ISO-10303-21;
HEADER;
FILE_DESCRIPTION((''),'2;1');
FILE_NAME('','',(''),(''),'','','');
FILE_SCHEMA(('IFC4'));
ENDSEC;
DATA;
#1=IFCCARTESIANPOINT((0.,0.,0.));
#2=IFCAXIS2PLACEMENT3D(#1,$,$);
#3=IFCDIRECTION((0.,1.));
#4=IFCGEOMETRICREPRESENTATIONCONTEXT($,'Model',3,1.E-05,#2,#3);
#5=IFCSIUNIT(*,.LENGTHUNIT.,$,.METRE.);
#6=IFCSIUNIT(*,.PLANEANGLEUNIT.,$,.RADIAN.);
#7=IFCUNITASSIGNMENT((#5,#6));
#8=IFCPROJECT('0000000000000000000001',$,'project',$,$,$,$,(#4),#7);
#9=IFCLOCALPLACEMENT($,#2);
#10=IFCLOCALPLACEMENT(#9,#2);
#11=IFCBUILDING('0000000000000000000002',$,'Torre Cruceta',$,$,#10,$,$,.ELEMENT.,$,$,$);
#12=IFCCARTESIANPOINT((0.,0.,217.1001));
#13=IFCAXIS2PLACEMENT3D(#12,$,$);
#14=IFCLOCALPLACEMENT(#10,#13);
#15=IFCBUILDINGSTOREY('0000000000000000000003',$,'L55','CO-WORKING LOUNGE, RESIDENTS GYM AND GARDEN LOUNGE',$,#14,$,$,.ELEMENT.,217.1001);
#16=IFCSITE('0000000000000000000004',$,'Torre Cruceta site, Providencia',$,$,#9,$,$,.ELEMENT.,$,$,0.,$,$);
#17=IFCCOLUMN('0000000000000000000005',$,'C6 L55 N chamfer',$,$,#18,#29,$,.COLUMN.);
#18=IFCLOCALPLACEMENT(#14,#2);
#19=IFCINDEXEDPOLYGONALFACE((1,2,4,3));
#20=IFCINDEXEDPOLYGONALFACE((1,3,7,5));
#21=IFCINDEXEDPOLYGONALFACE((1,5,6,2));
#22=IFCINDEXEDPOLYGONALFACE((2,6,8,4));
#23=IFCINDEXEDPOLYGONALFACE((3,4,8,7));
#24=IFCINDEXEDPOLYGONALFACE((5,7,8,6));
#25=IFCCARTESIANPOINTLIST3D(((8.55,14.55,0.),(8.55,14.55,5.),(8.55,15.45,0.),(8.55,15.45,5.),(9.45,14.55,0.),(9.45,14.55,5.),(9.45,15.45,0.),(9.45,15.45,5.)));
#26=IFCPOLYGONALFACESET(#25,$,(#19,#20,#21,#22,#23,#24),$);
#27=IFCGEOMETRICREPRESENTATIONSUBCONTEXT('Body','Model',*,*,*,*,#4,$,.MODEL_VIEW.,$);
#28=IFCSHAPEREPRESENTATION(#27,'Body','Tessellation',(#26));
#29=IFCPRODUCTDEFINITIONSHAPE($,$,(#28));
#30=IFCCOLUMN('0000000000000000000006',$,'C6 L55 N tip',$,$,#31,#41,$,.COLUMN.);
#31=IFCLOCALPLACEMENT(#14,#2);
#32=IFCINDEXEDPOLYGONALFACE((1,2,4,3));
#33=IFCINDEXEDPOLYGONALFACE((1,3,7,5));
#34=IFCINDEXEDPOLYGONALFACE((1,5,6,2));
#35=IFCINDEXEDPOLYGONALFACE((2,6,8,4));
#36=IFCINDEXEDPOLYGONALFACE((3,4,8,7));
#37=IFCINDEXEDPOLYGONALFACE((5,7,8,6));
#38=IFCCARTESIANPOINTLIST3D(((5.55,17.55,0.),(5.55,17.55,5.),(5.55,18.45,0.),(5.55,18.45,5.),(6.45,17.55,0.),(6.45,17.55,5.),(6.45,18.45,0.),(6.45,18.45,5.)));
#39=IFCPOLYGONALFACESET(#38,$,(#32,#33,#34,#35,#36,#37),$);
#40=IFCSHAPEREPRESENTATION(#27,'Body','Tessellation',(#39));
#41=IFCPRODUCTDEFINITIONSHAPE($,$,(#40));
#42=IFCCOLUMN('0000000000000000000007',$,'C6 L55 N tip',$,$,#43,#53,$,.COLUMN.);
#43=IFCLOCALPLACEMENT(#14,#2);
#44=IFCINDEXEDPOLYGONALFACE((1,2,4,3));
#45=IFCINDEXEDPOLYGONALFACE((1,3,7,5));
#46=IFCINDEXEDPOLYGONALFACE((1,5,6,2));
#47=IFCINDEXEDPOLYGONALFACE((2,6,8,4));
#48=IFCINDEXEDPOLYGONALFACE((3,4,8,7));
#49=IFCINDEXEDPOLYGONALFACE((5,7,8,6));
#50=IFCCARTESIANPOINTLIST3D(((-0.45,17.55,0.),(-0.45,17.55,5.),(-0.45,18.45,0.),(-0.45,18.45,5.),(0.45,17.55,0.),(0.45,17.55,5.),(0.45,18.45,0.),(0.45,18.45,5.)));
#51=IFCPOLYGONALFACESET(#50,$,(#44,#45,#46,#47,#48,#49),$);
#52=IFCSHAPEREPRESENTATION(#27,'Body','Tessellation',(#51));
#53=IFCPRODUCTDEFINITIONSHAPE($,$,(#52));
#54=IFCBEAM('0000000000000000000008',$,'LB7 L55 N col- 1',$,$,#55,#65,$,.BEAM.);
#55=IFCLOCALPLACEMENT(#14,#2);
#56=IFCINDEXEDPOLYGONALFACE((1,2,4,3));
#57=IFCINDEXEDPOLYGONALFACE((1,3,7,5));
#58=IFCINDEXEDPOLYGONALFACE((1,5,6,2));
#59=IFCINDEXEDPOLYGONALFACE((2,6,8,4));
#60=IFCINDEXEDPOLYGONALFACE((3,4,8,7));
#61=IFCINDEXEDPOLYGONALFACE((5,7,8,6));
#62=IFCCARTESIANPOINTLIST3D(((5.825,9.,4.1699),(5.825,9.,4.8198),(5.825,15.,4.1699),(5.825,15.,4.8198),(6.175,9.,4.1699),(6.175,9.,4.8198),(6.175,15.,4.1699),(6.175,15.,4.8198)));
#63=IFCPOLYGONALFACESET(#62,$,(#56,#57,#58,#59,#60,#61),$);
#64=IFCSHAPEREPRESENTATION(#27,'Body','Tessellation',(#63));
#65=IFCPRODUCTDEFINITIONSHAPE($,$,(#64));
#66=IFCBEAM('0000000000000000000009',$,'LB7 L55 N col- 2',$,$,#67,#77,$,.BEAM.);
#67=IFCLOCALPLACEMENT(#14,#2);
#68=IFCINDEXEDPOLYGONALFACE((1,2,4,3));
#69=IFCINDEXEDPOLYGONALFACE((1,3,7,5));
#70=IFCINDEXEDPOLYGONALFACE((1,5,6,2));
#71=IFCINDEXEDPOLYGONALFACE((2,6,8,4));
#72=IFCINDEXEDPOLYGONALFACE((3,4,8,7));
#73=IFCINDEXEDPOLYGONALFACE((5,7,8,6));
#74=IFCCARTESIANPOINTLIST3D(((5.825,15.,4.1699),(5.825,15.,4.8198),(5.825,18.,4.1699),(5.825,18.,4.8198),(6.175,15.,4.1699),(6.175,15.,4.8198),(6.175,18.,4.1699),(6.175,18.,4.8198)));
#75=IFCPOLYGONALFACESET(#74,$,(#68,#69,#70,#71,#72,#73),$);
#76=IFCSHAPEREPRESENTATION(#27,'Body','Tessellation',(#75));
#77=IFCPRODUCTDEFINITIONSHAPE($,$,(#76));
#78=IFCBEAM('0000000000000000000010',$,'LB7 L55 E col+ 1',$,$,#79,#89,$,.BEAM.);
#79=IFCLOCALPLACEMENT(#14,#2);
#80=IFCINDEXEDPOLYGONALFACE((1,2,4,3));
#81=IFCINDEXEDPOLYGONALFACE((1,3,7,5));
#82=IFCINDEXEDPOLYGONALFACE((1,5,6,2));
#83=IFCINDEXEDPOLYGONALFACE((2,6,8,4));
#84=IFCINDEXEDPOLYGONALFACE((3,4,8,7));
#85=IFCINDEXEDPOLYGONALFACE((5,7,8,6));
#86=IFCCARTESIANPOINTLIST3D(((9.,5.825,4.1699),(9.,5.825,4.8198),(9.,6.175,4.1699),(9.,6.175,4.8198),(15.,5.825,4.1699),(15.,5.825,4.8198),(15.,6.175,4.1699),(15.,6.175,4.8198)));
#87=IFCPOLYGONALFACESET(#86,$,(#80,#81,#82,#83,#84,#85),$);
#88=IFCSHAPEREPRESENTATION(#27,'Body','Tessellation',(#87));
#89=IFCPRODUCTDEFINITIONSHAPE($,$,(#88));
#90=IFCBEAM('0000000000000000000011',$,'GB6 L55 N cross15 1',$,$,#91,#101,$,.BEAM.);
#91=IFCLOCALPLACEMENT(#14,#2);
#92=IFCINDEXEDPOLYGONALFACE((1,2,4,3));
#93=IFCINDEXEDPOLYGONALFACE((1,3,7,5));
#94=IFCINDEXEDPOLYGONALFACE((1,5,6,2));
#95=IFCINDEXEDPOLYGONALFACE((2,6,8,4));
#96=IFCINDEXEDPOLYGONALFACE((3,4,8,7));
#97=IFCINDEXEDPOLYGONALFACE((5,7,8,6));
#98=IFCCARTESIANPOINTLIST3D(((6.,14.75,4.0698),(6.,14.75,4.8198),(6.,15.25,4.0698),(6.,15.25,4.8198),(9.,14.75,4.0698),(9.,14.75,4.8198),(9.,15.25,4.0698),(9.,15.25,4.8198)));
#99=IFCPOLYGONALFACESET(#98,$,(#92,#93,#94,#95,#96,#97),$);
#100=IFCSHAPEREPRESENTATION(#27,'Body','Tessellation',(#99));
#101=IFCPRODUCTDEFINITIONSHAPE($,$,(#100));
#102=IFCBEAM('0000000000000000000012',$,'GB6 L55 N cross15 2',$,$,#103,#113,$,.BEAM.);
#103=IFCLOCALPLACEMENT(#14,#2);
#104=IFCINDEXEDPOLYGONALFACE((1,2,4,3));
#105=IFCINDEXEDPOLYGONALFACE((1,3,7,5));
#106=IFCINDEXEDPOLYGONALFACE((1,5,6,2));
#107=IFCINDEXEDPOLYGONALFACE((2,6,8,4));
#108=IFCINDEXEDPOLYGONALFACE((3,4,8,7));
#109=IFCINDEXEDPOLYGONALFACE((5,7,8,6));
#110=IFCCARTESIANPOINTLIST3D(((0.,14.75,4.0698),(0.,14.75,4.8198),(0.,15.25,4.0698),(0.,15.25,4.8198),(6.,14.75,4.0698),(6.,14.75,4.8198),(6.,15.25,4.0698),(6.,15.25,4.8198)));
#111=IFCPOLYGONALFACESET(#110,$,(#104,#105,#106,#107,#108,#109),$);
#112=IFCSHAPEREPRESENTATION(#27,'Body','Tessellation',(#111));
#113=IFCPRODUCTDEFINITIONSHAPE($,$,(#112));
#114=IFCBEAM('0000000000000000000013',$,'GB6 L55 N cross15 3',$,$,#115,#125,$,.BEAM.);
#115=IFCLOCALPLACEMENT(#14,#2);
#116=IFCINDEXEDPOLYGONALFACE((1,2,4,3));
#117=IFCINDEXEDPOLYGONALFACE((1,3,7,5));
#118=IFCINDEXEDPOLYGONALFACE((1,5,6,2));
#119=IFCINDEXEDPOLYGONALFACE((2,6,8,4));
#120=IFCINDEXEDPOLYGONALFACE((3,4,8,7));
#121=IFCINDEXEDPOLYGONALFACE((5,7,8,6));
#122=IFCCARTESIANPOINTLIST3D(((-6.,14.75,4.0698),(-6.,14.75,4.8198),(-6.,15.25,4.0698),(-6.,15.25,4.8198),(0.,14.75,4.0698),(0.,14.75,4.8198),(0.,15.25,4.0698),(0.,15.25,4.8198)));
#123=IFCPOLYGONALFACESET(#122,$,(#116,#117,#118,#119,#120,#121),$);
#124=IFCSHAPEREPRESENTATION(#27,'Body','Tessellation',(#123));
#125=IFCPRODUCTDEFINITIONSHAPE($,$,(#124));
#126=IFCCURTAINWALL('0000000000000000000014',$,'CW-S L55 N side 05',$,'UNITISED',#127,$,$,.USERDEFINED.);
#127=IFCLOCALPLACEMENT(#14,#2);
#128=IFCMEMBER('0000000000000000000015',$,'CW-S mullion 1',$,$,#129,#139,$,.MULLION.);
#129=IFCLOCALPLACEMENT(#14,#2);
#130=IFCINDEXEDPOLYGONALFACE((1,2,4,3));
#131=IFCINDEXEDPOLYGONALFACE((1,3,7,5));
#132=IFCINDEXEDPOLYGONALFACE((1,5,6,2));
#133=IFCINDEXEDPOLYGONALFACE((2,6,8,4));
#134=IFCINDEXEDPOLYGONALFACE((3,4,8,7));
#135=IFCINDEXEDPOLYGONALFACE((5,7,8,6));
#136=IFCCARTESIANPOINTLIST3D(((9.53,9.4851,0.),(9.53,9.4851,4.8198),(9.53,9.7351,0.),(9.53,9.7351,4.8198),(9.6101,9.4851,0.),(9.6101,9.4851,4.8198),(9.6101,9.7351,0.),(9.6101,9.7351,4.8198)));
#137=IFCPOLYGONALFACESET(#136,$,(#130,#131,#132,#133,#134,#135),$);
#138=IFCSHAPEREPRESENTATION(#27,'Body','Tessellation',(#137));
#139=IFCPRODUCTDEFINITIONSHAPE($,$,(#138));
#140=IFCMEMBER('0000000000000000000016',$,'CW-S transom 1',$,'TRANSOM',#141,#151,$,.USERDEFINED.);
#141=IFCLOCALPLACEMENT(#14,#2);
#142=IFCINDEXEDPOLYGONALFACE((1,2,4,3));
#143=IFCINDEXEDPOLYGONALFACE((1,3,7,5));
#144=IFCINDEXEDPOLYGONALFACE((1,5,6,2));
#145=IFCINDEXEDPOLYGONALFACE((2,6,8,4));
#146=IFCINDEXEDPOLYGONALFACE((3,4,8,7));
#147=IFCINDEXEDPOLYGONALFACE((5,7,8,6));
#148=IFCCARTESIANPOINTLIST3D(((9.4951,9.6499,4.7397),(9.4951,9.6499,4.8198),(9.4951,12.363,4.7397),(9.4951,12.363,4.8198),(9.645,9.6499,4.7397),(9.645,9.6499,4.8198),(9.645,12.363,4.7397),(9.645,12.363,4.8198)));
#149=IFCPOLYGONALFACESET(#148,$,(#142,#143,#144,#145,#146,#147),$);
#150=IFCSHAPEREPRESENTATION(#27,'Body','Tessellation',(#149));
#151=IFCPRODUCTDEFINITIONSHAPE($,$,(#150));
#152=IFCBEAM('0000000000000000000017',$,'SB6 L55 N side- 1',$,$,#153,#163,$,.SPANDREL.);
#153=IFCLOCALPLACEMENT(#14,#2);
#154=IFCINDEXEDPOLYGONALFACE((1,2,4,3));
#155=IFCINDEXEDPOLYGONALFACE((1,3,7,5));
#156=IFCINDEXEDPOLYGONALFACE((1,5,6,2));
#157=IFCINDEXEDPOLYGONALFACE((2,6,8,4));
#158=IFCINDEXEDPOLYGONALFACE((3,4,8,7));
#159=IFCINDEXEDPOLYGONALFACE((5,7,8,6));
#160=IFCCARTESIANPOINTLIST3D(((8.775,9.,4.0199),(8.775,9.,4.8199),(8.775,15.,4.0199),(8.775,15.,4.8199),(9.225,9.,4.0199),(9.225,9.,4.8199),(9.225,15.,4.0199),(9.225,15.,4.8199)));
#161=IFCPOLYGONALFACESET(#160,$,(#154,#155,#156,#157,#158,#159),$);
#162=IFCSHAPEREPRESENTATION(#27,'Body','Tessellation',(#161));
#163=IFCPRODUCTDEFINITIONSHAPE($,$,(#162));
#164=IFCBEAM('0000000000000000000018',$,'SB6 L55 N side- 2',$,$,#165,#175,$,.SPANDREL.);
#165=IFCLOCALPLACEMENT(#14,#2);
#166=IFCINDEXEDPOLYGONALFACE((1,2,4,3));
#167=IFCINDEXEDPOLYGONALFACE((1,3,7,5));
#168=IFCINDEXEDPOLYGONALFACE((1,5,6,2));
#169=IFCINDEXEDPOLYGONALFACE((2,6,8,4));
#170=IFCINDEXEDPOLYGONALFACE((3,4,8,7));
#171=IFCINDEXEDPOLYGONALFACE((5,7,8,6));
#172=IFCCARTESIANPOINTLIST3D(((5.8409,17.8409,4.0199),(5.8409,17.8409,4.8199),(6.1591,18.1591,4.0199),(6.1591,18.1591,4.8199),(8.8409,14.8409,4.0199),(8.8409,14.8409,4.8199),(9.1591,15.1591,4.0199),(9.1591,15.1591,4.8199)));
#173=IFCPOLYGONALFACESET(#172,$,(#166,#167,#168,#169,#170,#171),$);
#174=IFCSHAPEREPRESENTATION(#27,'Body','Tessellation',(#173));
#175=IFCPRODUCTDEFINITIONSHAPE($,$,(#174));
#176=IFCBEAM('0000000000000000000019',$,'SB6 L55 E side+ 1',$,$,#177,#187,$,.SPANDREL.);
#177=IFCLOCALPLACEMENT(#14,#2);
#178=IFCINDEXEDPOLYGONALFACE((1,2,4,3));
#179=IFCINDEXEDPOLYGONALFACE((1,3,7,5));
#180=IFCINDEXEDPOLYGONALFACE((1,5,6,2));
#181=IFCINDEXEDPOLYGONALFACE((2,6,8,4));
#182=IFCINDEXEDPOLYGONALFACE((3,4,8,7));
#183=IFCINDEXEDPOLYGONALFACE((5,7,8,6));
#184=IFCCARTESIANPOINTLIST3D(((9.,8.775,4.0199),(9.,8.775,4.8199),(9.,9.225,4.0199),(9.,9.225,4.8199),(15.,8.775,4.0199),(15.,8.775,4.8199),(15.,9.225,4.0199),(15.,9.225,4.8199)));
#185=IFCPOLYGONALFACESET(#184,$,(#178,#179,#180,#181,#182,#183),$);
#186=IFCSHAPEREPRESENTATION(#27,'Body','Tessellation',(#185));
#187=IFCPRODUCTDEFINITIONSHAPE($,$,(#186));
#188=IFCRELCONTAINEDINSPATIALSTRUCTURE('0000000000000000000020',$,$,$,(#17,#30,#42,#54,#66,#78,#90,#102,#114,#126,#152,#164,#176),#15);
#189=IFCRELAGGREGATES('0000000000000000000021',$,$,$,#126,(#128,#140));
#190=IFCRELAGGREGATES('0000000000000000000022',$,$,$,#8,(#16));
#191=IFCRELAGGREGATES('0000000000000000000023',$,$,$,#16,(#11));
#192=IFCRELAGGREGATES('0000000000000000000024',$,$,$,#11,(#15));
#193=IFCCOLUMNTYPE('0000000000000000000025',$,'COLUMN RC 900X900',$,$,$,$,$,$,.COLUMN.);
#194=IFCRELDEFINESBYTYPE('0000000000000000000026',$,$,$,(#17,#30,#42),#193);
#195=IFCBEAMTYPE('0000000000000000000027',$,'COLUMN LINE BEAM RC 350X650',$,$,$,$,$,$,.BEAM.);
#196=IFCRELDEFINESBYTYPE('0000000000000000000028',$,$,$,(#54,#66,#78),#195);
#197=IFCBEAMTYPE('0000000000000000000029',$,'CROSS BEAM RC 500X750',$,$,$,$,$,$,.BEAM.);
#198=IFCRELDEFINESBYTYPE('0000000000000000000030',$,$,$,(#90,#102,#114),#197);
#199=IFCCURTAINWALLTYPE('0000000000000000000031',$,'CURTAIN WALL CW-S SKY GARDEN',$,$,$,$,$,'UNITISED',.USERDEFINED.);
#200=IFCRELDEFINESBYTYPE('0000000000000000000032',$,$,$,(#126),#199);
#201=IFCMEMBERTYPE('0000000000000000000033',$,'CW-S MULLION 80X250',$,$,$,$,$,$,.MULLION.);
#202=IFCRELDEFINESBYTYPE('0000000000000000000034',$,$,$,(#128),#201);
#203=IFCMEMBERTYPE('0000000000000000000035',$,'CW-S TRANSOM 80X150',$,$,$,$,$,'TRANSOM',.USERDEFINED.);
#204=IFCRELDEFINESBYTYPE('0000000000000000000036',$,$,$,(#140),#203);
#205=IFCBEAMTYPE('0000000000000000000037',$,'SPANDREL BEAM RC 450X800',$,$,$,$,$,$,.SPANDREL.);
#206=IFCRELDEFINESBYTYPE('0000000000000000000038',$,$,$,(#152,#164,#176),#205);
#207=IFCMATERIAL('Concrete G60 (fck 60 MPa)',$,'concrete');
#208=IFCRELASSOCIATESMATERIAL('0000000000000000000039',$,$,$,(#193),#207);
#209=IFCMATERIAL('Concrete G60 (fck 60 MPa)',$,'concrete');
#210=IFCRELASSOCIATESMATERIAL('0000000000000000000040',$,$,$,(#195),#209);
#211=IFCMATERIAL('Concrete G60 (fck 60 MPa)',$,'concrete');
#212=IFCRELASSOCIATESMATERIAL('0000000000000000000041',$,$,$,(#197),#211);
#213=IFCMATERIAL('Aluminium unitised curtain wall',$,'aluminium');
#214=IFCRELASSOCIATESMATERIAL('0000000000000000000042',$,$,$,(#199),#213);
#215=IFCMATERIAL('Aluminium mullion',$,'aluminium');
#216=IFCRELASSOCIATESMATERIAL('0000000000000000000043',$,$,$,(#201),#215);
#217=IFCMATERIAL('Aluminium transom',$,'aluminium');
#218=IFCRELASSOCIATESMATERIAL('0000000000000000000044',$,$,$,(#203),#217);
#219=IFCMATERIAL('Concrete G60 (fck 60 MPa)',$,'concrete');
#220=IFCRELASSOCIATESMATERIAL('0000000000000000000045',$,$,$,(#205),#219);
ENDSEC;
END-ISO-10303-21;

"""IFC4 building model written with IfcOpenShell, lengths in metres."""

from ifc_helpers import new_model, si_unit, direction, frame, origin, origin_2d, place, context, subcontext, project, spatial, rectangle, extrude, material, material_profile, profile_set, type_object, element, aggregate, save


model = new_model("IFC4")

# Units and contexts
model_context = context("Model", 3, precision=1e-05, world=origin(), true_north=direction((0.0, 1.0)))
body_context = subcontext(model_context, "Body", "Model", "MODEL_VIEW")
ifc_project = project(units=[si_unit("LENGTHUNIT", "METRE"), si_unit("PLANEANGLEUNIT", "RADIAN")], contexts=[model_context])

# Site, building, storey
site_placement = place(None, origin())
site = spatial("IfcSite", under=ifc_project, at=site_placement, Name="Torre Cruceta site, Providencia", CompositionType="ELEMENT", RefElevation=0.0)
building_placement = place(site_placement, origin())
building = spatial("IfcBuilding", under=site, at=building_placement, Name="Torre Cruceta", CompositionType="ELEMENT")
storey_placement = place(building_placement, frame((0.0, 0.0, 217.1001)))
storey = spatial("IfcBuildingStorey", under=building, at=storey_placement, Name="L55", Description="CO-WORKING LOUNGE, RESIDENTS GYM AND GARDEN LOUNGE", CompositionType="ELEMENT", Elevation=217.1001)

# Columns
ifc_material_1 = material(Name="Concrete G60 (fck 60 MPa)", Category="concrete")
ifc_material_profile_1 = material_profile(ifc_material_1, rectangle(XDim=0.8999, YDim=0.8999, at=origin_2d()), Name="RC 900X900")
ifc_profile_set_1 = profile_set([ifc_material_profile_1], Name="Concrete G60 (fck 60 MPa)")
column_type = type_object("IfcColumnType", Name="COLUMN RC 900X900", PredefinedType="COLUMN", material=ifc_profile_set_1)
for number, where, z_axis, x_axis, name in (
    (1, (9.0, 15.0, 0.0), (0.0, 0.0, 1.0), (1.0, 0.0, 0.0), "C6 L55 N chamfer"),
    (2, (6.0, 18.0, 0.0), (0.0, 0.0, 1.0), (1.0, 0.0, 0.0), "C6 L55 N tip"),
    (3, (0.0, 18.0, 0.0), (0.0, 0.0, 1.0), (1.0, 0.0, 0.0), "C6 L55 N tip"),
):
    element("IfcColumn", number, at=place(storey_placement, frame(where, z_axis=z_axis, x_axis=x_axis)), inside=storey, type_object=column_type, Name=name, PredefinedType="COLUMN", context=body_context, shape_type="SweptSolid", body=[
        extrude(rectangle(XDim=0.8999, YDim=0.8999, at=origin_2d()), origin(), (0.0, 0.0, 1.0), 5.0),
    ])

# Beams
ifc_material_2 = material(Name="Concrete G60 (fck 60 MPa)", Category="concrete")
ifc_material_profile_2 = material_profile(ifc_material_2, rectangle(XDim=0.3501, YDim=0.6499, at=origin_2d()), Name="RC 350X650")
ifc_profile_set_2 = profile_set([ifc_material_profile_2], Name="Concrete G60 (fck 60 MPa)")
beam_type_1 = type_object("IfcBeamType", Name="COLUMN LINE BEAM RC 350X650", PredefinedType="BEAM", material=ifc_profile_set_2)
beam_1_placement = place(storey_placement, frame((6.0, 9.0, 4.4949), z_axis=(0.0, 1.0, 0.0), x_axis=(-1.0, 0.0, 0.0)))
element("IfcBeam", 4, at=beam_1_placement, inside=storey, type_object=beam_type_1, Name="LB7 L55 N col- 1", PredefinedType="BEAM", context=body_context, shape_type="SweptSolid", body=[
    extrude(rectangle(XDim=0.3501, YDim=0.6499, at=origin_2d()), origin(), (0.0, 0.0, 1.0), 6.0),
])
beam_2_placement = place(storey_placement, frame((6.0, 15.0, 4.4949), z_axis=(0.0, 1.0, 0.0), x_axis=(-1.0, 0.0, 0.0)))
element("IfcBeam", 5, at=beam_2_placement, inside=storey, type_object=beam_type_1, Name="LB7 L55 N col- 2", PredefinedType="BEAM", context=body_context, shape_type="SweptSolid", body=[
    extrude(rectangle(XDim=0.3501, YDim=0.6499, at=origin_2d()), origin(), (0.0, 0.0, 1.0), 3.0),
])
beam_3_placement = place(storey_placement, frame((9.0, 6.0, 4.4949), z_axis=(1.0, 0.0, 0.0), x_axis=(0.0, 1.0, 0.0)))
element("IfcBeam", 6, at=beam_3_placement, inside=storey, type_object=beam_type_1, Name="LB7 L55 E col+ 1", PredefinedType="BEAM", context=body_context, shape_type="SweptSolid", body=[
    extrude(rectangle(XDim=0.3501, YDim=0.6499, at=origin_2d()), origin(), (0.0, 0.0, 1.0), 6.0),
])
ifc_material_3 = material(Name="Concrete G60 (fck 60 MPa)", Category="concrete")
ifc_material_profile_3 = material_profile(ifc_material_3, rectangle(XDim=0.5, YDim=0.75, at=origin_2d()), Name="RC 500X750")
ifc_profile_set_3 = profile_set([ifc_material_profile_3], Name="Concrete G60 (fck 60 MPa)")
beam_type_2 = type_object("IfcBeamType", Name="CROSS BEAM RC 500X750", PredefinedType="BEAM", material=ifc_profile_set_3)
beam_4_placement = place(storey_placement, frame((9.0, 15.0, 4.4448), z_axis=(-1.0, 0.0, 0.0), x_axis=(0.0, -1.0, 0.0)))
element("IfcBeam", 7, at=beam_4_placement, inside=storey, type_object=beam_type_2, Name="GB6 L55 N cross15 1", PredefinedType="BEAM", context=body_context, shape_type="SweptSolid", body=[
    extrude(rectangle(XDim=0.5, YDim=0.75, at=origin_2d()), origin(), (0.0, 0.0, 1.0), 3.0),
])
for number, where, z_axis, x_axis, name in (
    (8, (6.0, 15.0, 4.4448), (-1.0, 0.0, 0.0), (0.0, -1.0, 0.0), "GB6 L55 N cross15 2"),
    (9, (0.0, 15.0, 4.4448), (-1.0, 0.0, 0.0), (0.0, -1.0, 0.0), "GB6 L55 N cross15 3"),
):
    element("IfcBeam", number, at=place(storey_placement, frame(where, z_axis=z_axis, x_axis=x_axis)), inside=storey, type_object=beam_type_2, Name=name, PredefinedType="BEAM", context=body_context, shape_type="SweptSolid", body=[
        extrude(rectangle(XDim=0.5, YDim=0.75, at=origin_2d()), origin(), (0.0, 0.0, 1.0), 6.0),
    ])

# Curtain wall, members
ifc_material_4 = material(Name="Aluminium unitised curtain wall", Category="aluminium")
curtain_wall_type = type_object("IfcCurtainWallType", Name="CURTAIN WALL CW-S SKY GARDEN", ElementType="UNITISED", PredefinedType="USERDEFINED", material=ifc_material_4)
curtain_wall_placement = place(storey_placement, origin())
curtain_wall = element("IfcCurtainWall", 10, at=curtain_wall_placement, inside=storey, type_object=curtain_wall_type, Name="CW-S L55 N side 05", ObjectType="UNITISED", PredefinedType="USERDEFINED")
ifc_material_5 = material(Name="Aluminium mullion", Category="aluminium")
ifc_material_profile_4 = material_profile(ifc_material_5, rectangle(XDim=0.0801, YDim=0.25, at=origin_2d()), Name="AL 80X250")
ifc_profile_set_4 = profile_set([ifc_material_profile_4], Name="Aluminium mullion")
member_type_1 = type_object("IfcMemberType", Name="CW-S MULLION 80X250", PredefinedType="MULLION", material=ifc_profile_set_4)
member_1_placement = place(storey_placement, frame((9.5701, 9.6101, 0.0), z_axis=(0.0, 0.0, 1.0), x_axis=(-1.0, 0.0, 0.0)))
member_1 = element("IfcMember", 11, at=member_1_placement, type_object=member_type_1, Name="CW-S mullion 1", PredefinedType="MULLION", context=body_context, shape_type="SweptSolid", body=[
    extrude(rectangle(XDim=0.0801, YDim=0.25, at=origin_2d()), origin(), (0.0, 0.0, 1.0), 4.8198),
])
ifc_material_6 = material(Name="Aluminium transom", Category="aluminium")
ifc_material_profile_5 = material_profile(ifc_material_6, rectangle(XDim=0.1499, YDim=0.0801, at=origin_2d()), Name="AL 150X80")
ifc_profile_set_5 = profile_set([ifc_material_profile_5], Name="Aluminium transom")
member_type_2 = type_object("IfcMemberType", Name="CW-S TRANSOM 80X150", ElementType="TRANSOM", PredefinedType="USERDEFINED", material=ifc_profile_set_5)
member_2_placement = place(storey_placement, frame((9.5701, 9.6499, 4.7798), z_axis=(0.0, 1.0, 0.0), x_axis=(-1.0, 0.0, 0.0)))
member_2 = element("IfcMember", 12, at=member_2_placement, type_object=member_type_2, Name="CW-S transom 1", ObjectType="TRANSOM", PredefinedType="USERDEFINED", context=body_context, shape_type="SweptSolid", body=[
    extrude(rectangle(XDim=0.1499, YDim=0.0801, at=origin_2d()), origin(), (0.0, 0.0, 1.0), 2.7131),
])
aggregate(curtain_wall, [member_1, member_2])

# Beams
ifc_material_7 = material(Name="Concrete G60 (fck 60 MPa)", Category="concrete")
ifc_material_profile_6 = material_profile(ifc_material_7, rectangle(XDim=0.45, YDim=0.8, at=origin_2d()), Name="RC 450X800")
ifc_profile_set_6 = profile_set([ifc_material_profile_6], Name="Concrete G60 (fck 60 MPa)")
beam_type_3 = type_object("IfcBeamType", Name="SPANDREL BEAM RC 450X800", PredefinedType="SPANDREL", material=ifc_profile_set_6)
beam_5_placement = place(storey_placement, frame((9.0, 9.0, 4.4199), z_axis=(0.0, 1.0, 0.0), x_axis=(-1.0, 0.0, 0.0)))
element("IfcBeam", 13, at=beam_5_placement, inside=storey, type_object=beam_type_3, Name="SB6 L55 N side- 1", PredefinedType="SPANDREL", context=body_context, shape_type="SweptSolid", body=[
    extrude(rectangle(XDim=0.45, YDim=0.8, at=origin_2d()), origin(), (0.0, 0.0, 1.0), 6.0),
])
beam_6_placement = place(storey_placement, frame((9.0, 15.0, 4.4199), z_axis=(-0.707107, 0.707107, 0.0), x_axis=(-0.707107, -0.707107, 0.0)))
element("IfcBeam", 14, at=beam_6_placement, inside=storey, type_object=beam_type_3, Name="SB6 L55 N side- 2", PredefinedType="SPANDREL", context=body_context, shape_type="SweptSolid", body=[
    extrude(rectangle(XDim=0.45, YDim=0.8, at=origin_2d()), origin(), (0.0, 0.0, 1.0), 4.2427),
])
beam_7_placement = place(storey_placement, frame((9.0, 9.0, 4.4199), z_axis=(1.0, 0.0, 0.0), x_axis=(0.0, 1.0, 0.0)))
element("IfcBeam", 15, at=beam_7_placement, inside=storey, type_object=beam_type_3, Name="SB6 L55 E side+ 1", PredefinedType="SPANDREL", context=body_context, shape_type="SweptSolid", body=[
    extrude(rectangle(XDim=0.45, YDim=0.8, at=origin_2d()), origin(), (0.0, 0.0, 1.0), 6.0),
])

save(model, "model.ifc")
